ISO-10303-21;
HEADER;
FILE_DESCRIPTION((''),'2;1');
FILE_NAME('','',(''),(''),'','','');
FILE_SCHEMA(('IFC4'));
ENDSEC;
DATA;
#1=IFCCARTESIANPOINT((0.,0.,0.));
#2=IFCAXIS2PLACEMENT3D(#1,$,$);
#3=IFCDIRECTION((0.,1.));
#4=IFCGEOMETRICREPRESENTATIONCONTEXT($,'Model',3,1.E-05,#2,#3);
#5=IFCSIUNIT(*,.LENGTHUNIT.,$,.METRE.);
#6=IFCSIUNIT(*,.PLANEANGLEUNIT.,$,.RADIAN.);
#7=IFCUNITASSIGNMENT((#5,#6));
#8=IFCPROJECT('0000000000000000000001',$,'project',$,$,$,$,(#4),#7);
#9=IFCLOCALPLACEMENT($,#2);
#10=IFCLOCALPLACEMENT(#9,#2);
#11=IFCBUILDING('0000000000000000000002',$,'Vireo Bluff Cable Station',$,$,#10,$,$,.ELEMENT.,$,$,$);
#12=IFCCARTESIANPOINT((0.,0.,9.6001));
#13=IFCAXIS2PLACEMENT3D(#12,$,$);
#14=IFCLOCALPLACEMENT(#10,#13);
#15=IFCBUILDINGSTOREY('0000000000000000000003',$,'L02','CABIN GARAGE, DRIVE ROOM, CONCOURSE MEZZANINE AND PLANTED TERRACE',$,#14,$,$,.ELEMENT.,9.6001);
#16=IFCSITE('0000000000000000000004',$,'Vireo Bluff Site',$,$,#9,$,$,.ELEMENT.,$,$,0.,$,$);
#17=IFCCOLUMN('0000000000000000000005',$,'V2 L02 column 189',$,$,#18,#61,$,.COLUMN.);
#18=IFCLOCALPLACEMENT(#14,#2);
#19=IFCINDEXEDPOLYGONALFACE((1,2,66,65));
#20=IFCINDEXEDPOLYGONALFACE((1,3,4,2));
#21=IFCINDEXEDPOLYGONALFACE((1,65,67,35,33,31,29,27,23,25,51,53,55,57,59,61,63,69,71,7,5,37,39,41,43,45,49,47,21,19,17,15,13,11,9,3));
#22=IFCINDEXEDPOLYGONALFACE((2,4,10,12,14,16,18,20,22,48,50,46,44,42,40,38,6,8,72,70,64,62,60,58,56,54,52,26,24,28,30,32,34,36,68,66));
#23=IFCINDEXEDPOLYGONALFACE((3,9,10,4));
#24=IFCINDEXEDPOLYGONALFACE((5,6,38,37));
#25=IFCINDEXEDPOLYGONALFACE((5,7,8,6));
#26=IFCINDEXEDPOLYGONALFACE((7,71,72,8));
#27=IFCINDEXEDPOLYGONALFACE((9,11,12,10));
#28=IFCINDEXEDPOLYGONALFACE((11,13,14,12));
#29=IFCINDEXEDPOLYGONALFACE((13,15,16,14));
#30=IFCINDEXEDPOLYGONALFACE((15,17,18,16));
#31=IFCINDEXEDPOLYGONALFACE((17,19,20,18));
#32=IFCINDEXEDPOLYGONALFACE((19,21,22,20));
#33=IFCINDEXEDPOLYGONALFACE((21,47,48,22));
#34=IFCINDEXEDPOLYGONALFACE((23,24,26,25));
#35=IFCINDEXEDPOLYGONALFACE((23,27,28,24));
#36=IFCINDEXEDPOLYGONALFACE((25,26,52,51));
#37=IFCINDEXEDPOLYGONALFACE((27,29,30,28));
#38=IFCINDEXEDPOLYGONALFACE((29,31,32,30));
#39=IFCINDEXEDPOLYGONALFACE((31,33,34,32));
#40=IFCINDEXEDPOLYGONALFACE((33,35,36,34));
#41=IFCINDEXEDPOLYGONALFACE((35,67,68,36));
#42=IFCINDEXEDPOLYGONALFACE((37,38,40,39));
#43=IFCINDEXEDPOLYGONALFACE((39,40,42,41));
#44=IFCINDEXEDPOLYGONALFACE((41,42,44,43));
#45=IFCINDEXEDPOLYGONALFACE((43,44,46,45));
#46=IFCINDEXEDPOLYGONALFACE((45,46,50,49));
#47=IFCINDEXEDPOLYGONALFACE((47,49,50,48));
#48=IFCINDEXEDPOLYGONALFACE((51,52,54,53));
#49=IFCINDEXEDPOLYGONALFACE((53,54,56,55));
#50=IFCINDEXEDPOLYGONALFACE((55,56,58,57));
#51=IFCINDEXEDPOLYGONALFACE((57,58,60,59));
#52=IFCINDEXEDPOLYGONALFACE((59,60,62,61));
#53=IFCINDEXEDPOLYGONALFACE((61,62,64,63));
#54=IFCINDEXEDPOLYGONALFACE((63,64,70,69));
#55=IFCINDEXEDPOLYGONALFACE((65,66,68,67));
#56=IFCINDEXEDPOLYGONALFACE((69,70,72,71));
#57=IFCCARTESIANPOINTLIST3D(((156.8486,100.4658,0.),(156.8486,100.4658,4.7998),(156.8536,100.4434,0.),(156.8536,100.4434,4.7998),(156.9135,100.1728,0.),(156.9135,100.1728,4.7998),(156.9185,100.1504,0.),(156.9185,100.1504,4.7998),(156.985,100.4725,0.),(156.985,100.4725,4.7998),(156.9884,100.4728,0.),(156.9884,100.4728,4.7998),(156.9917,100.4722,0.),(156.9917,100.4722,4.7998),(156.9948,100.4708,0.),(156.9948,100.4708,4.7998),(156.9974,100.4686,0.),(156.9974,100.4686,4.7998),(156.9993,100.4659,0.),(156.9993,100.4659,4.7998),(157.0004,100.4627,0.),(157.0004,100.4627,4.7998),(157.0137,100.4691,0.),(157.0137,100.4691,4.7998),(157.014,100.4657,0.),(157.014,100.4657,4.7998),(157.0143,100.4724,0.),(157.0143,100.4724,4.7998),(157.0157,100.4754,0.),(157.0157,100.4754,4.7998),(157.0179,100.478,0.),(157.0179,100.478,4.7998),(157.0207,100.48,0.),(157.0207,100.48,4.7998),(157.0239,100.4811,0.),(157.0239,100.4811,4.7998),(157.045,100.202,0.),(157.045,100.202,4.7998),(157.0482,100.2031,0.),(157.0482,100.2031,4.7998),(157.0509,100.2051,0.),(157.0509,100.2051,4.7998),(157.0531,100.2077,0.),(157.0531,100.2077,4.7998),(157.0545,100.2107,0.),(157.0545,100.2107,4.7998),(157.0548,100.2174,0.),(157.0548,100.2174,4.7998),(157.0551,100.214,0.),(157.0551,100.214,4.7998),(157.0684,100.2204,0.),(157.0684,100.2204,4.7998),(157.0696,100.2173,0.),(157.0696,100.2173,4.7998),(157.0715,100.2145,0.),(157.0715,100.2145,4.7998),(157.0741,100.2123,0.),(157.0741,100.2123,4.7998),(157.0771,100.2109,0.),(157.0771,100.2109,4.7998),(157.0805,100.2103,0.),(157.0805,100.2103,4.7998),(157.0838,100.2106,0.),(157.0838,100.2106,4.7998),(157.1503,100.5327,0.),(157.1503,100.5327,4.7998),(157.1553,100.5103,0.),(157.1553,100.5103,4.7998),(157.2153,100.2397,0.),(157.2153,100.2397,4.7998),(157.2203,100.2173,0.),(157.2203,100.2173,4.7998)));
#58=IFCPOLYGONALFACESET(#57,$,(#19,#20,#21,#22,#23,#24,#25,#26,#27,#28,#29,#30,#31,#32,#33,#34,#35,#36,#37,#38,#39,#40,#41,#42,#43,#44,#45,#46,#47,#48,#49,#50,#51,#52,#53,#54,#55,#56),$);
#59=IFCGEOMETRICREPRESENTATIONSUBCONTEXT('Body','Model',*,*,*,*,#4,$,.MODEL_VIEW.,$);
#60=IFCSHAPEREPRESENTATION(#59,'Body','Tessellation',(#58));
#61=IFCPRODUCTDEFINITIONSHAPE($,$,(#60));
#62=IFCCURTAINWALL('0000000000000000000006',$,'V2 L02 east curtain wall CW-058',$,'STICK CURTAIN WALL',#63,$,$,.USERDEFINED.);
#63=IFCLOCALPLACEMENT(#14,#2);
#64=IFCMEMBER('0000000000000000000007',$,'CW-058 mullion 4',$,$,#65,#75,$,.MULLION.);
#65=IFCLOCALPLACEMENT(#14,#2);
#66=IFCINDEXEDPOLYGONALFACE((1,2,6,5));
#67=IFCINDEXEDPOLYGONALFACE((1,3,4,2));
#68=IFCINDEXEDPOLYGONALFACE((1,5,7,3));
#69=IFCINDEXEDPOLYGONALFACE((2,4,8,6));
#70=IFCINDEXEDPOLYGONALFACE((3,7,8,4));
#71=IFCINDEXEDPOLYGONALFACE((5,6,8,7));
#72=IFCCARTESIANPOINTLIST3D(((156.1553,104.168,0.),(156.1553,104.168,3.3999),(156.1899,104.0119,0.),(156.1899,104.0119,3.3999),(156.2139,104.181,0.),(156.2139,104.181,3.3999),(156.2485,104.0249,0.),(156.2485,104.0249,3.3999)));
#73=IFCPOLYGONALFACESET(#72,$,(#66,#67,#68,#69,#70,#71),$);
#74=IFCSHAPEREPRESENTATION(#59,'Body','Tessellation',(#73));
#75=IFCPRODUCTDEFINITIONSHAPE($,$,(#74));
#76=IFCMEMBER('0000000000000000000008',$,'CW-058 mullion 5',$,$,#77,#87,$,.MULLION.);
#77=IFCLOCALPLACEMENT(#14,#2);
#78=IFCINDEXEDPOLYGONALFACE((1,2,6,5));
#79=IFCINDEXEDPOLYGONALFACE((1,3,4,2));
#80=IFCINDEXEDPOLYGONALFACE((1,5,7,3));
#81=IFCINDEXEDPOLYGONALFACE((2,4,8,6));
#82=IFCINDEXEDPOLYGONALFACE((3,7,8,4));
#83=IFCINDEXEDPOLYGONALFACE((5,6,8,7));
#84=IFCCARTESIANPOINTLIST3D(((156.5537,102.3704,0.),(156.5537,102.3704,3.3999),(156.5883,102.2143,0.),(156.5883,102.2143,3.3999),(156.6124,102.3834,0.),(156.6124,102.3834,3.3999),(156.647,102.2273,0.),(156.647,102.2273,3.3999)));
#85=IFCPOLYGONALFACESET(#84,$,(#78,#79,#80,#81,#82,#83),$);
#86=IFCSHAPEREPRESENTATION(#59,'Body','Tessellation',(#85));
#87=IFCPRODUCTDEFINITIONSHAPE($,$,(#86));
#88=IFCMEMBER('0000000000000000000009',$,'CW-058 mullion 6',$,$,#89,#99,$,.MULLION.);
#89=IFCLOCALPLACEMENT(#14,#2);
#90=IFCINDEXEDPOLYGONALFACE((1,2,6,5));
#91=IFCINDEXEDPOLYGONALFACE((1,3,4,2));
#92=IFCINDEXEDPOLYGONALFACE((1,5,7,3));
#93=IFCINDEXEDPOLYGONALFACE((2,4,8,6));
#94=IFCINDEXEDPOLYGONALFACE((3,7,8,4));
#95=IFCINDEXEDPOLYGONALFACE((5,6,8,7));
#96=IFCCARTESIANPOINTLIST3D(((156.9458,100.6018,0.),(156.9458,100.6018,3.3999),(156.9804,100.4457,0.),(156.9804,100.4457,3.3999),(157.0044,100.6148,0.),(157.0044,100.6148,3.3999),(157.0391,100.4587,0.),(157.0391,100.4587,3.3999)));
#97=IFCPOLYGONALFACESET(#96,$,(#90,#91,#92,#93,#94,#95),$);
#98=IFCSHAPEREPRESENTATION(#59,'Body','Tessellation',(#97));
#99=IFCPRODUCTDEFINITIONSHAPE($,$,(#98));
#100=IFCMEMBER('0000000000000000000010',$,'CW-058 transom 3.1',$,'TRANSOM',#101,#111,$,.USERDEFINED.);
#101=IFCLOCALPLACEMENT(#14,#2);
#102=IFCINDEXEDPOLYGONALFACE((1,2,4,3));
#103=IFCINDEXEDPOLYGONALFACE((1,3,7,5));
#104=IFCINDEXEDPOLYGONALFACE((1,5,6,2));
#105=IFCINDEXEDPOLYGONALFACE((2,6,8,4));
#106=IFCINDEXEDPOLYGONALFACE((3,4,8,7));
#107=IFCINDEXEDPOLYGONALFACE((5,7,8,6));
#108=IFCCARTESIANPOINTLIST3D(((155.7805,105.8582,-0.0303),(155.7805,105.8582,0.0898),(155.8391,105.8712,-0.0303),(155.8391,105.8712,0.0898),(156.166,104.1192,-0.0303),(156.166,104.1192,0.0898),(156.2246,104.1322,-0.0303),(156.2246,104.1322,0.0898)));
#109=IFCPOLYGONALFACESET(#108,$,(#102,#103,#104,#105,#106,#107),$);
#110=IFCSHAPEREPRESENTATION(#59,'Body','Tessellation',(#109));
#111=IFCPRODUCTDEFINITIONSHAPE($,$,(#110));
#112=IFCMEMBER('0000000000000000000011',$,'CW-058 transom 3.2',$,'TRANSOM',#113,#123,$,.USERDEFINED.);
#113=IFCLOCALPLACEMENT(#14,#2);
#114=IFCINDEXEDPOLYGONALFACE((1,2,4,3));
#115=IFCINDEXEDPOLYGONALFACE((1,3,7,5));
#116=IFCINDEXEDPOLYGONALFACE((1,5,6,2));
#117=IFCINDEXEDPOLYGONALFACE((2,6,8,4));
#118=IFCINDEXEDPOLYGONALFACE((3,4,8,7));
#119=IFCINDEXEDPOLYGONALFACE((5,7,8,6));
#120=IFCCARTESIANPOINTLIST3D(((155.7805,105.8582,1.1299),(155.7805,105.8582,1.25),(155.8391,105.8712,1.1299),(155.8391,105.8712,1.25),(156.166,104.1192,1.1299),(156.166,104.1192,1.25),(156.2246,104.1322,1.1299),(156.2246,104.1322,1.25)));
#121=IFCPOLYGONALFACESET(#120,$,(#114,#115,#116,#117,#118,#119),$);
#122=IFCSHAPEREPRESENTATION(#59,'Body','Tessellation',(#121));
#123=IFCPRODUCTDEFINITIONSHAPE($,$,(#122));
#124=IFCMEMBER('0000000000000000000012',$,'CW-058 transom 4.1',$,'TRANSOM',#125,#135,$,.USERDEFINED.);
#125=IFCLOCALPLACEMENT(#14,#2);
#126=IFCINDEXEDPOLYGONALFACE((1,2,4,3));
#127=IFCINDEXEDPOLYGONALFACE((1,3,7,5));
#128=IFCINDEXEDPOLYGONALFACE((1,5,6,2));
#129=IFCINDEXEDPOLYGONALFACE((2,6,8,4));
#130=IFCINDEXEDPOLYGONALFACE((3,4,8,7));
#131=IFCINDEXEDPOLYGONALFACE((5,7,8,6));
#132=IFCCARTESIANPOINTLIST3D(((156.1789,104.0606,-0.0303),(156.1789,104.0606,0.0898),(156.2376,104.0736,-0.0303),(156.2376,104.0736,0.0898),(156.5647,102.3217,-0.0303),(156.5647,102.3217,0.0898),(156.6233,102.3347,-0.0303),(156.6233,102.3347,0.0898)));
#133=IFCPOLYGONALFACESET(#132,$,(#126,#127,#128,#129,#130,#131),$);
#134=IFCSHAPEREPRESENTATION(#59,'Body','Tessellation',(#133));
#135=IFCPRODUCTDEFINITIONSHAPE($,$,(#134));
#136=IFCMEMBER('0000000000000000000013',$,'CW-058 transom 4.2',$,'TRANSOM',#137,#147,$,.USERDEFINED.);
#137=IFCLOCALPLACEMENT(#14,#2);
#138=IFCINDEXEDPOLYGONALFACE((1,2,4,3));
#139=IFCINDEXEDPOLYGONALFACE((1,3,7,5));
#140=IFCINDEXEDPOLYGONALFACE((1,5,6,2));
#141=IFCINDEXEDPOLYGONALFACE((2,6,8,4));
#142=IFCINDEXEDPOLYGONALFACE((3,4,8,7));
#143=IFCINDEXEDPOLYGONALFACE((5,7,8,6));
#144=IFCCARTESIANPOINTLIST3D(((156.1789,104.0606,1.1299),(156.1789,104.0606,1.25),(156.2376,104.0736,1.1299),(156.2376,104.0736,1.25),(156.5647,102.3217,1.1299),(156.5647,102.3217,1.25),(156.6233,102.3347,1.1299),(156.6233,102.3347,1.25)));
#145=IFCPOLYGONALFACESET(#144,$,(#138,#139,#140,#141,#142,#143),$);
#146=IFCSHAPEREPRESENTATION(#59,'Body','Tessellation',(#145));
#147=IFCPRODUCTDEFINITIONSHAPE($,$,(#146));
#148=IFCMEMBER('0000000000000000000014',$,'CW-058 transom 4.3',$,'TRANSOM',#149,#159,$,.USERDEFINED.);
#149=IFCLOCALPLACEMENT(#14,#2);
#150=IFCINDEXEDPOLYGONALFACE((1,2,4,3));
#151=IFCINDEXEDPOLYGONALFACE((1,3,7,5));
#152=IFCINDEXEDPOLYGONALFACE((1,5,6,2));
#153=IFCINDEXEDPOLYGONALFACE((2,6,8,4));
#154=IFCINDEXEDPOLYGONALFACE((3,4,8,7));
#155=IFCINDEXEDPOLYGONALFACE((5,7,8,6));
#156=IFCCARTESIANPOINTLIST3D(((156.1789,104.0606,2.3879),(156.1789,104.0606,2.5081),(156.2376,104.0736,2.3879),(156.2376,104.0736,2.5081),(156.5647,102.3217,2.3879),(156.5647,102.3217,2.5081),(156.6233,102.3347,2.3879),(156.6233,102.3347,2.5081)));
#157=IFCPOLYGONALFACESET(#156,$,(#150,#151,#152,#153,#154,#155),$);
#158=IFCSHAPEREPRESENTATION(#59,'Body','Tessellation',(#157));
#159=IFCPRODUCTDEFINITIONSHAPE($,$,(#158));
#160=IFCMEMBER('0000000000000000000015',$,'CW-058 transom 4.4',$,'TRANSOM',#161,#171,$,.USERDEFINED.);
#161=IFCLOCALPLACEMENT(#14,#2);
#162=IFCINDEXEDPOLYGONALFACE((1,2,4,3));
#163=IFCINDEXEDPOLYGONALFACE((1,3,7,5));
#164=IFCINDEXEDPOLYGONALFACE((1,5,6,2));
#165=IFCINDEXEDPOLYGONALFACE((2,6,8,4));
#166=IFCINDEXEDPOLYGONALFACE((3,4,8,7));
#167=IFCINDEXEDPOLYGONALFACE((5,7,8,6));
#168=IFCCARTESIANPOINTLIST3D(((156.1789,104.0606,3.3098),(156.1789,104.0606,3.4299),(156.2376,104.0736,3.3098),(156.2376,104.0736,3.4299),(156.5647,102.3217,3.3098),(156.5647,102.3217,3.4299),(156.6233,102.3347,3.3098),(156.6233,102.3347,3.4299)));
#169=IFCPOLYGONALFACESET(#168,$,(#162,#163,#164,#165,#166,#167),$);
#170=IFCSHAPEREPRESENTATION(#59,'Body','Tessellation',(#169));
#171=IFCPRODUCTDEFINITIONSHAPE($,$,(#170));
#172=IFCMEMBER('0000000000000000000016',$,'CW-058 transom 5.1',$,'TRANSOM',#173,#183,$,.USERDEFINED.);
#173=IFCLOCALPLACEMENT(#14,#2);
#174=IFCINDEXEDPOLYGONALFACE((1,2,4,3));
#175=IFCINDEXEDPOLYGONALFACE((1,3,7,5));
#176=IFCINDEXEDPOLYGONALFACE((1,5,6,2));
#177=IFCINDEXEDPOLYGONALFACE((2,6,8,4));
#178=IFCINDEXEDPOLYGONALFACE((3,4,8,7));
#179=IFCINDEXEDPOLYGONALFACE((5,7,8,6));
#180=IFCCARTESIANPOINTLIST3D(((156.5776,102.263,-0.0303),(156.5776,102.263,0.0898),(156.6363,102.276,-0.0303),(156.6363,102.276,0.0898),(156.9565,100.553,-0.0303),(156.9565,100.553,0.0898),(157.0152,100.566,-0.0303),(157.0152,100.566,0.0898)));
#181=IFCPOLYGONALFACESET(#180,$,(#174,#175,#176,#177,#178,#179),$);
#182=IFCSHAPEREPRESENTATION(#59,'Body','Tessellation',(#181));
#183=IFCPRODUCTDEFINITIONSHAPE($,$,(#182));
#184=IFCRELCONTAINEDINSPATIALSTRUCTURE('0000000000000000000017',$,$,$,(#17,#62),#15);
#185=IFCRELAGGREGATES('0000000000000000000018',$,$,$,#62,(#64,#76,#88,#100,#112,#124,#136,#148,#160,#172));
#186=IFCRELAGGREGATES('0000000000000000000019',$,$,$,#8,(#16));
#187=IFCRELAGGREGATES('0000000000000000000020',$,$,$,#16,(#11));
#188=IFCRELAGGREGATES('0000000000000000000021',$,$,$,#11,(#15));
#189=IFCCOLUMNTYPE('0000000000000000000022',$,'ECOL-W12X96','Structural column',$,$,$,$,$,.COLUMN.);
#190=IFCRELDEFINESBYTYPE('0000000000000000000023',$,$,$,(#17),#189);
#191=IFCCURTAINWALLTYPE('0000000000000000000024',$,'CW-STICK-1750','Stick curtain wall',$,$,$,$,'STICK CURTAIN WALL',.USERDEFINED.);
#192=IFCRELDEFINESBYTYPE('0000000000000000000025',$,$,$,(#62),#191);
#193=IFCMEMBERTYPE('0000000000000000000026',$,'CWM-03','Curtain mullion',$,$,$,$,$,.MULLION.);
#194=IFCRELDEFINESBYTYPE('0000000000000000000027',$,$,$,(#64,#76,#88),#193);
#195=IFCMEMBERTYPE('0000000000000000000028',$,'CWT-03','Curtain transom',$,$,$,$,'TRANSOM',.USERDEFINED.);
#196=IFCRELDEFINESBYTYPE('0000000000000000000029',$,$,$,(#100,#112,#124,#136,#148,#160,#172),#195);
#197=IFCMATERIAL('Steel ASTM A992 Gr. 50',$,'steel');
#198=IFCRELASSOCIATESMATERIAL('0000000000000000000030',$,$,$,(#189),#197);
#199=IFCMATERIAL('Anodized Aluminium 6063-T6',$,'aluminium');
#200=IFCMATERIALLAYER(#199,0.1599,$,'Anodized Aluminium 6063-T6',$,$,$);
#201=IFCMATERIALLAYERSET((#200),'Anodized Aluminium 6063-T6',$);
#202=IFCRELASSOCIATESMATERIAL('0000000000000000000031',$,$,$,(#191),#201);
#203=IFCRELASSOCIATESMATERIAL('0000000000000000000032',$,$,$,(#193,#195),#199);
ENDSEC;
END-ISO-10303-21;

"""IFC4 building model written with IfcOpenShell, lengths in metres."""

from ifc_helpers import new_model, si_unit, direction, frame, origin, origin_2d, place, context, subcontext, project, spatial, rectangle, i_section, extrude, material, layer, layer_set, material_profile, profile_set, type_object, element, aggregate, save


model = new_model("IFC4")

# Units and contexts
model_context = context("Model", 3, precision=1e-05, world=origin(), true_north=direction((0.0, 1.0)))
body_context = subcontext(model_context, "Body", "Model", "MODEL_VIEW")
ifc_project = project(units=[si_unit("LENGTHUNIT", "METRE"), si_unit("PLANEANGLEUNIT", "RADIAN")], contexts=[model_context])

# Site, building, storey
site_placement = place(None, origin())
site = spatial("IfcSite", under=ifc_project, at=site_placement, Name="Vireo Bluff Site", CompositionType="ELEMENT", RefElevation=0.0)
building_placement = place(site_placement, origin())
building = spatial("IfcBuilding", under=site, at=building_placement, Name="Vireo Bluff Cable Station", CompositionType="ELEMENT")
storey_placement = place(building_placement, frame((0.0, 0.0, 9.6001)))
storey = spatial("IfcBuildingStorey", under=building, at=storey_placement, Name="L02", Description="CABIN GARAGE, DRIVE ROOM, CONCOURSE MEZZANINE AND PLANTED TERRACE", CompositionType="ELEMENT", Elevation=9.6001)

# Column
ifc_material_1 = material(Name="Steel ASTM A992 Gr. 50", Category="steel")
ifc_material_profile_1 = material_profile(ifc_material_1, i_section(OverallWidth=0.3091, OverallDepth=0.323, WebThickness=0.0139, FlangeThickness=0.0229, FilletRadius=0.0129, at=origin_2d()), Name="W12X96")
ifc_profile_set_1 = profile_set([ifc_material_profile_1], Name="Steel ASTM A992 Gr. 50")
column_type = type_object("IfcColumnType", Name="ECOL-W12X96", Description="Structural column", PredefinedType="COLUMN", material=ifc_profile_set_1)
column_placement = place(storey_placement, frame((157.0344, 100.3416, 0.0), z_axis=(0.0, 0.0, 1.0), x_axis=(0.976296, 0.21644, 0.0)))
element("IfcColumn", 1, at=column_placement, inside=storey, type_object=column_type, Name="V2 L02 column 189", PredefinedType="COLUMN", context=body_context, shape_type="SweptSolid", body=[
    extrude(i_section(OverallWidth=0.3091, OverallDepth=0.323, WebThickness=0.0139, FlangeThickness=0.0229, FilletRadius=0.0129, at=origin_2d()), origin(), (0.0, 0.0, 1.0), 4.7998),
])

# Curtain wall, members
ifc_material_2 = material(Name="Anodized Aluminium 6063-T6", Category="aluminium")
ifc_layer_1 = layer(ifc_material_2, 0.1599, Name="Anodized Aluminium 6063-T6")
ifc_layer_set_1 = layer_set([ifc_layer_1], Name="Anodized Aluminium 6063-T6")
curtain_wall_type = type_object("IfcCurtainWallType", Name="CW-STICK-1750", Description="Stick curtain wall", ElementType="STICK CURTAIN WALL", PredefinedType="USERDEFINED", material=ifc_layer_set_1)
curtain_wall_placement = place(storey_placement, origin())
curtain_wall = element("IfcCurtainWall", 2, at=curtain_wall_placement, inside=storey, type_object=curtain_wall_type, Name="V2 L02 east curtain wall CW-058", ObjectType="STICK CURTAIN WALL", PredefinedType="USERDEFINED")
ifc_material_profile_2 = material_profile(ifc_material_2, rectangle(XDim=0.0601, YDim=0.1599, at=origin_2d()), Name="ALU-M-60X160")
ifc_profile_set_2 = profile_set([ifc_material_profile_2], Name="Anodized Aluminium 6063-T6")
member_type_1 = type_object("IfcMemberType", Name="CWM-03", Description="Curtain mullion", PredefinedType="MULLION", material=ifc_profile_set_2)
member_1_placement = place(storey_placement, frame((156.2019, 104.0964, 0.0), z_axis=(0.0, 0.0, 1.0), x_axis=(0.976296, 0.21644, 0.0)))
member_1 = element("IfcMember", 3, at=member_1_placement, type_object=member_type_1, Name="CW-058 mullion 4", PredefinedType="MULLION", context=body_context, shape_type="SweptSolid", body=[
    extrude(rectangle(XDim=0.0601, YDim=0.1599, at=origin_2d()), origin(), (0.0, 0.0, 1.0), 3.3999),
])
member_2_placement = place(storey_placement, frame((156.6003, 102.2988, 0.0), z_axis=(0.0, 0.0, 1.0), x_axis=(0.976296, 0.21644, 0.0)))
member_2 = element("IfcMember", 4, at=member_2_placement, type_object=member_type_1, Name="CW-058 mullion 5", PredefinedType="MULLION", context=body_context, shape_type="SweptSolid", body=[
    extrude(rectangle(XDim=0.0601, YDim=0.1599, at=origin_2d()), origin(), (0.0, 0.0, 1.0), 3.3999),
])
member_3_placement = place(storey_placement, frame((156.9924, 100.5303, 0.0), z_axis=(0.0, 0.0, 1.0), x_axis=(0.976296, 0.21644, 0.0)))
member_3 = element("IfcMember", 5, at=member_3_placement, type_object=member_type_1, Name="CW-058 mullion 6", PredefinedType="MULLION", context=body_context, shape_type="SweptSolid", body=[
    extrude(rectangle(XDim=0.0601, YDim=0.1599, at=origin_2d()), origin(), (0.0, 0.0, 1.0), 3.3999),
])
ifc_material_profile_3 = material_profile(ifc_material_2, rectangle(XDim=0.0601, YDim=0.1201, at=origin_2d()), Name="ALU-T-60X120")
ifc_profile_set_3 = profile_set([ifc_material_profile_3], Name="Anodized Aluminium 6063-T6")
member_type_2 = type_object("IfcMemberType", Name="CWT-03", Description="Curtain transom", ElementType="TRANSOM", PredefinedType="USERDEFINED", material=ifc_profile_set_3)
member_4_placement = place(storey_placement, frame((155.8098, 105.8647, 0.0298), z_axis=(0.216422, -0.9763, 0.0), x_axis=(0.9763, 0.216422, 0.0)))
member_4 = element("IfcMember", 6, at=member_4_placement, type_object=member_type_2, Name="CW-058 transom 3.1", ObjectType="TRANSOM", PredefinedType="USERDEFINED", context=body_context, shape_type="SweptSolid", body=[
    extrude(rectangle(XDim=0.0601, YDim=0.1201, at=origin_2d()), origin(), (0.0, 0.0, 1.0), 1.7812),
])
member_5_placement = place(storey_placement, frame((155.8098, 105.8647, 1.1899), z_axis=(0.216422, -0.9763, 0.0), x_axis=(0.9763, 0.216422, 0.0)))
member_5 = element("IfcMember", 7, at=member_5_placement, type_object=member_type_2, Name="CW-058 transom 3.2", ObjectType="TRANSOM", PredefinedType="USERDEFINED", context=body_context, shape_type="SweptSolid", body=[
    extrude(rectangle(XDim=0.0601, YDim=0.1201, at=origin_2d()), origin(), (0.0, 0.0, 1.0), 1.7812),
])
member_6_placement = place(storey_placement, frame((156.2083, 104.0671, 0.0298), z_axis=(0.216553, -0.976271, 0.0), x_axis=(0.976271, 0.216553, 0.0)))
member_6 = element("IfcMember", 8, at=member_6_placement, type_object=member_type_2, Name="CW-058 transom 4.1", ObjectType="TRANSOM", PredefinedType="USERDEFINED", context=body_context, shape_type="SweptSolid", body=[
    extrude(rectangle(XDim=0.0601, YDim=0.1201, at=origin_2d()), origin(), (0.0, 0.0, 1.0), 1.7812),
])
member_7_placement = place(storey_placement, frame((156.2083, 104.0671, 1.1899), z_axis=(0.216553, -0.976271, 0.0), x_axis=(0.976271, 0.216553, 0.0)))
member_7 = element("IfcMember", 9, at=member_7_placement, type_object=member_type_2, Name="CW-058 transom 4.2", ObjectType="TRANSOM", PredefinedType="USERDEFINED", context=body_context, shape_type="SweptSolid", body=[
    extrude(rectangle(XDim=0.0601, YDim=0.1201, at=origin_2d()), origin(), (0.0, 0.0, 1.0), 1.7812),
])
member_8_placement = place(storey_placement, frame((156.2083, 104.0671, 2.448), z_axis=(0.216553, -0.976271, 0.0), x_axis=(0.976271, 0.216553, 0.0)))
member_8 = element("IfcMember", 10, at=member_8_placement, type_object=member_type_2, Name="CW-058 transom 4.3", ObjectType="TRANSOM", PredefinedType="USERDEFINED", context=body_context, shape_type="SweptSolid", body=[
    extrude(rectangle(XDim=0.0601, YDim=0.1201, at=origin_2d()), origin(), (0.0, 0.0, 1.0), 1.7812),
])
member_9_placement = place(storey_placement, frame((156.2083, 104.0671, 3.3699), z_axis=(0.216553, -0.976271, 0.0), x_axis=(0.976271, 0.216553, 0.0)))
member_9 = element("IfcMember", 11, at=member_9_placement, type_object=member_type_2, Name="CW-058 transom 4.4", ObjectType="TRANSOM", PredefinedType="USERDEFINED", context=body_context, shape_type="SweptSolid", body=[
    extrude(rectangle(XDim=0.0601, YDim=0.1201, at=origin_2d()), origin(), (0.0, 0.0, 1.0), 1.7812),
])
member_10_placement = place(storey_placement, frame((156.6069, 102.2695, 0.0298), z_axis=(0.21634, -0.976318, 0.0), x_axis=(0.976318, 0.21634, 0.0)))
member_10 = element("IfcMember", 12, at=member_10_placement, type_object=member_type_2, Name="CW-058 transom 5.1", ObjectType="TRANSOM", PredefinedType="USERDEFINED", context=body_context, shape_type="SweptSolid", body=[
    extrude(rectangle(XDim=0.0601, YDim=0.1201, at=origin_2d()), origin(), (0.0, 0.0, 1.0), 1.7515),
])

aggregate(curtain_wall, [member_1, member_2, member_3, member_4, member_5, member_6, member_7, member_8, member_9, member_10])

save(model, "model.ifc")
